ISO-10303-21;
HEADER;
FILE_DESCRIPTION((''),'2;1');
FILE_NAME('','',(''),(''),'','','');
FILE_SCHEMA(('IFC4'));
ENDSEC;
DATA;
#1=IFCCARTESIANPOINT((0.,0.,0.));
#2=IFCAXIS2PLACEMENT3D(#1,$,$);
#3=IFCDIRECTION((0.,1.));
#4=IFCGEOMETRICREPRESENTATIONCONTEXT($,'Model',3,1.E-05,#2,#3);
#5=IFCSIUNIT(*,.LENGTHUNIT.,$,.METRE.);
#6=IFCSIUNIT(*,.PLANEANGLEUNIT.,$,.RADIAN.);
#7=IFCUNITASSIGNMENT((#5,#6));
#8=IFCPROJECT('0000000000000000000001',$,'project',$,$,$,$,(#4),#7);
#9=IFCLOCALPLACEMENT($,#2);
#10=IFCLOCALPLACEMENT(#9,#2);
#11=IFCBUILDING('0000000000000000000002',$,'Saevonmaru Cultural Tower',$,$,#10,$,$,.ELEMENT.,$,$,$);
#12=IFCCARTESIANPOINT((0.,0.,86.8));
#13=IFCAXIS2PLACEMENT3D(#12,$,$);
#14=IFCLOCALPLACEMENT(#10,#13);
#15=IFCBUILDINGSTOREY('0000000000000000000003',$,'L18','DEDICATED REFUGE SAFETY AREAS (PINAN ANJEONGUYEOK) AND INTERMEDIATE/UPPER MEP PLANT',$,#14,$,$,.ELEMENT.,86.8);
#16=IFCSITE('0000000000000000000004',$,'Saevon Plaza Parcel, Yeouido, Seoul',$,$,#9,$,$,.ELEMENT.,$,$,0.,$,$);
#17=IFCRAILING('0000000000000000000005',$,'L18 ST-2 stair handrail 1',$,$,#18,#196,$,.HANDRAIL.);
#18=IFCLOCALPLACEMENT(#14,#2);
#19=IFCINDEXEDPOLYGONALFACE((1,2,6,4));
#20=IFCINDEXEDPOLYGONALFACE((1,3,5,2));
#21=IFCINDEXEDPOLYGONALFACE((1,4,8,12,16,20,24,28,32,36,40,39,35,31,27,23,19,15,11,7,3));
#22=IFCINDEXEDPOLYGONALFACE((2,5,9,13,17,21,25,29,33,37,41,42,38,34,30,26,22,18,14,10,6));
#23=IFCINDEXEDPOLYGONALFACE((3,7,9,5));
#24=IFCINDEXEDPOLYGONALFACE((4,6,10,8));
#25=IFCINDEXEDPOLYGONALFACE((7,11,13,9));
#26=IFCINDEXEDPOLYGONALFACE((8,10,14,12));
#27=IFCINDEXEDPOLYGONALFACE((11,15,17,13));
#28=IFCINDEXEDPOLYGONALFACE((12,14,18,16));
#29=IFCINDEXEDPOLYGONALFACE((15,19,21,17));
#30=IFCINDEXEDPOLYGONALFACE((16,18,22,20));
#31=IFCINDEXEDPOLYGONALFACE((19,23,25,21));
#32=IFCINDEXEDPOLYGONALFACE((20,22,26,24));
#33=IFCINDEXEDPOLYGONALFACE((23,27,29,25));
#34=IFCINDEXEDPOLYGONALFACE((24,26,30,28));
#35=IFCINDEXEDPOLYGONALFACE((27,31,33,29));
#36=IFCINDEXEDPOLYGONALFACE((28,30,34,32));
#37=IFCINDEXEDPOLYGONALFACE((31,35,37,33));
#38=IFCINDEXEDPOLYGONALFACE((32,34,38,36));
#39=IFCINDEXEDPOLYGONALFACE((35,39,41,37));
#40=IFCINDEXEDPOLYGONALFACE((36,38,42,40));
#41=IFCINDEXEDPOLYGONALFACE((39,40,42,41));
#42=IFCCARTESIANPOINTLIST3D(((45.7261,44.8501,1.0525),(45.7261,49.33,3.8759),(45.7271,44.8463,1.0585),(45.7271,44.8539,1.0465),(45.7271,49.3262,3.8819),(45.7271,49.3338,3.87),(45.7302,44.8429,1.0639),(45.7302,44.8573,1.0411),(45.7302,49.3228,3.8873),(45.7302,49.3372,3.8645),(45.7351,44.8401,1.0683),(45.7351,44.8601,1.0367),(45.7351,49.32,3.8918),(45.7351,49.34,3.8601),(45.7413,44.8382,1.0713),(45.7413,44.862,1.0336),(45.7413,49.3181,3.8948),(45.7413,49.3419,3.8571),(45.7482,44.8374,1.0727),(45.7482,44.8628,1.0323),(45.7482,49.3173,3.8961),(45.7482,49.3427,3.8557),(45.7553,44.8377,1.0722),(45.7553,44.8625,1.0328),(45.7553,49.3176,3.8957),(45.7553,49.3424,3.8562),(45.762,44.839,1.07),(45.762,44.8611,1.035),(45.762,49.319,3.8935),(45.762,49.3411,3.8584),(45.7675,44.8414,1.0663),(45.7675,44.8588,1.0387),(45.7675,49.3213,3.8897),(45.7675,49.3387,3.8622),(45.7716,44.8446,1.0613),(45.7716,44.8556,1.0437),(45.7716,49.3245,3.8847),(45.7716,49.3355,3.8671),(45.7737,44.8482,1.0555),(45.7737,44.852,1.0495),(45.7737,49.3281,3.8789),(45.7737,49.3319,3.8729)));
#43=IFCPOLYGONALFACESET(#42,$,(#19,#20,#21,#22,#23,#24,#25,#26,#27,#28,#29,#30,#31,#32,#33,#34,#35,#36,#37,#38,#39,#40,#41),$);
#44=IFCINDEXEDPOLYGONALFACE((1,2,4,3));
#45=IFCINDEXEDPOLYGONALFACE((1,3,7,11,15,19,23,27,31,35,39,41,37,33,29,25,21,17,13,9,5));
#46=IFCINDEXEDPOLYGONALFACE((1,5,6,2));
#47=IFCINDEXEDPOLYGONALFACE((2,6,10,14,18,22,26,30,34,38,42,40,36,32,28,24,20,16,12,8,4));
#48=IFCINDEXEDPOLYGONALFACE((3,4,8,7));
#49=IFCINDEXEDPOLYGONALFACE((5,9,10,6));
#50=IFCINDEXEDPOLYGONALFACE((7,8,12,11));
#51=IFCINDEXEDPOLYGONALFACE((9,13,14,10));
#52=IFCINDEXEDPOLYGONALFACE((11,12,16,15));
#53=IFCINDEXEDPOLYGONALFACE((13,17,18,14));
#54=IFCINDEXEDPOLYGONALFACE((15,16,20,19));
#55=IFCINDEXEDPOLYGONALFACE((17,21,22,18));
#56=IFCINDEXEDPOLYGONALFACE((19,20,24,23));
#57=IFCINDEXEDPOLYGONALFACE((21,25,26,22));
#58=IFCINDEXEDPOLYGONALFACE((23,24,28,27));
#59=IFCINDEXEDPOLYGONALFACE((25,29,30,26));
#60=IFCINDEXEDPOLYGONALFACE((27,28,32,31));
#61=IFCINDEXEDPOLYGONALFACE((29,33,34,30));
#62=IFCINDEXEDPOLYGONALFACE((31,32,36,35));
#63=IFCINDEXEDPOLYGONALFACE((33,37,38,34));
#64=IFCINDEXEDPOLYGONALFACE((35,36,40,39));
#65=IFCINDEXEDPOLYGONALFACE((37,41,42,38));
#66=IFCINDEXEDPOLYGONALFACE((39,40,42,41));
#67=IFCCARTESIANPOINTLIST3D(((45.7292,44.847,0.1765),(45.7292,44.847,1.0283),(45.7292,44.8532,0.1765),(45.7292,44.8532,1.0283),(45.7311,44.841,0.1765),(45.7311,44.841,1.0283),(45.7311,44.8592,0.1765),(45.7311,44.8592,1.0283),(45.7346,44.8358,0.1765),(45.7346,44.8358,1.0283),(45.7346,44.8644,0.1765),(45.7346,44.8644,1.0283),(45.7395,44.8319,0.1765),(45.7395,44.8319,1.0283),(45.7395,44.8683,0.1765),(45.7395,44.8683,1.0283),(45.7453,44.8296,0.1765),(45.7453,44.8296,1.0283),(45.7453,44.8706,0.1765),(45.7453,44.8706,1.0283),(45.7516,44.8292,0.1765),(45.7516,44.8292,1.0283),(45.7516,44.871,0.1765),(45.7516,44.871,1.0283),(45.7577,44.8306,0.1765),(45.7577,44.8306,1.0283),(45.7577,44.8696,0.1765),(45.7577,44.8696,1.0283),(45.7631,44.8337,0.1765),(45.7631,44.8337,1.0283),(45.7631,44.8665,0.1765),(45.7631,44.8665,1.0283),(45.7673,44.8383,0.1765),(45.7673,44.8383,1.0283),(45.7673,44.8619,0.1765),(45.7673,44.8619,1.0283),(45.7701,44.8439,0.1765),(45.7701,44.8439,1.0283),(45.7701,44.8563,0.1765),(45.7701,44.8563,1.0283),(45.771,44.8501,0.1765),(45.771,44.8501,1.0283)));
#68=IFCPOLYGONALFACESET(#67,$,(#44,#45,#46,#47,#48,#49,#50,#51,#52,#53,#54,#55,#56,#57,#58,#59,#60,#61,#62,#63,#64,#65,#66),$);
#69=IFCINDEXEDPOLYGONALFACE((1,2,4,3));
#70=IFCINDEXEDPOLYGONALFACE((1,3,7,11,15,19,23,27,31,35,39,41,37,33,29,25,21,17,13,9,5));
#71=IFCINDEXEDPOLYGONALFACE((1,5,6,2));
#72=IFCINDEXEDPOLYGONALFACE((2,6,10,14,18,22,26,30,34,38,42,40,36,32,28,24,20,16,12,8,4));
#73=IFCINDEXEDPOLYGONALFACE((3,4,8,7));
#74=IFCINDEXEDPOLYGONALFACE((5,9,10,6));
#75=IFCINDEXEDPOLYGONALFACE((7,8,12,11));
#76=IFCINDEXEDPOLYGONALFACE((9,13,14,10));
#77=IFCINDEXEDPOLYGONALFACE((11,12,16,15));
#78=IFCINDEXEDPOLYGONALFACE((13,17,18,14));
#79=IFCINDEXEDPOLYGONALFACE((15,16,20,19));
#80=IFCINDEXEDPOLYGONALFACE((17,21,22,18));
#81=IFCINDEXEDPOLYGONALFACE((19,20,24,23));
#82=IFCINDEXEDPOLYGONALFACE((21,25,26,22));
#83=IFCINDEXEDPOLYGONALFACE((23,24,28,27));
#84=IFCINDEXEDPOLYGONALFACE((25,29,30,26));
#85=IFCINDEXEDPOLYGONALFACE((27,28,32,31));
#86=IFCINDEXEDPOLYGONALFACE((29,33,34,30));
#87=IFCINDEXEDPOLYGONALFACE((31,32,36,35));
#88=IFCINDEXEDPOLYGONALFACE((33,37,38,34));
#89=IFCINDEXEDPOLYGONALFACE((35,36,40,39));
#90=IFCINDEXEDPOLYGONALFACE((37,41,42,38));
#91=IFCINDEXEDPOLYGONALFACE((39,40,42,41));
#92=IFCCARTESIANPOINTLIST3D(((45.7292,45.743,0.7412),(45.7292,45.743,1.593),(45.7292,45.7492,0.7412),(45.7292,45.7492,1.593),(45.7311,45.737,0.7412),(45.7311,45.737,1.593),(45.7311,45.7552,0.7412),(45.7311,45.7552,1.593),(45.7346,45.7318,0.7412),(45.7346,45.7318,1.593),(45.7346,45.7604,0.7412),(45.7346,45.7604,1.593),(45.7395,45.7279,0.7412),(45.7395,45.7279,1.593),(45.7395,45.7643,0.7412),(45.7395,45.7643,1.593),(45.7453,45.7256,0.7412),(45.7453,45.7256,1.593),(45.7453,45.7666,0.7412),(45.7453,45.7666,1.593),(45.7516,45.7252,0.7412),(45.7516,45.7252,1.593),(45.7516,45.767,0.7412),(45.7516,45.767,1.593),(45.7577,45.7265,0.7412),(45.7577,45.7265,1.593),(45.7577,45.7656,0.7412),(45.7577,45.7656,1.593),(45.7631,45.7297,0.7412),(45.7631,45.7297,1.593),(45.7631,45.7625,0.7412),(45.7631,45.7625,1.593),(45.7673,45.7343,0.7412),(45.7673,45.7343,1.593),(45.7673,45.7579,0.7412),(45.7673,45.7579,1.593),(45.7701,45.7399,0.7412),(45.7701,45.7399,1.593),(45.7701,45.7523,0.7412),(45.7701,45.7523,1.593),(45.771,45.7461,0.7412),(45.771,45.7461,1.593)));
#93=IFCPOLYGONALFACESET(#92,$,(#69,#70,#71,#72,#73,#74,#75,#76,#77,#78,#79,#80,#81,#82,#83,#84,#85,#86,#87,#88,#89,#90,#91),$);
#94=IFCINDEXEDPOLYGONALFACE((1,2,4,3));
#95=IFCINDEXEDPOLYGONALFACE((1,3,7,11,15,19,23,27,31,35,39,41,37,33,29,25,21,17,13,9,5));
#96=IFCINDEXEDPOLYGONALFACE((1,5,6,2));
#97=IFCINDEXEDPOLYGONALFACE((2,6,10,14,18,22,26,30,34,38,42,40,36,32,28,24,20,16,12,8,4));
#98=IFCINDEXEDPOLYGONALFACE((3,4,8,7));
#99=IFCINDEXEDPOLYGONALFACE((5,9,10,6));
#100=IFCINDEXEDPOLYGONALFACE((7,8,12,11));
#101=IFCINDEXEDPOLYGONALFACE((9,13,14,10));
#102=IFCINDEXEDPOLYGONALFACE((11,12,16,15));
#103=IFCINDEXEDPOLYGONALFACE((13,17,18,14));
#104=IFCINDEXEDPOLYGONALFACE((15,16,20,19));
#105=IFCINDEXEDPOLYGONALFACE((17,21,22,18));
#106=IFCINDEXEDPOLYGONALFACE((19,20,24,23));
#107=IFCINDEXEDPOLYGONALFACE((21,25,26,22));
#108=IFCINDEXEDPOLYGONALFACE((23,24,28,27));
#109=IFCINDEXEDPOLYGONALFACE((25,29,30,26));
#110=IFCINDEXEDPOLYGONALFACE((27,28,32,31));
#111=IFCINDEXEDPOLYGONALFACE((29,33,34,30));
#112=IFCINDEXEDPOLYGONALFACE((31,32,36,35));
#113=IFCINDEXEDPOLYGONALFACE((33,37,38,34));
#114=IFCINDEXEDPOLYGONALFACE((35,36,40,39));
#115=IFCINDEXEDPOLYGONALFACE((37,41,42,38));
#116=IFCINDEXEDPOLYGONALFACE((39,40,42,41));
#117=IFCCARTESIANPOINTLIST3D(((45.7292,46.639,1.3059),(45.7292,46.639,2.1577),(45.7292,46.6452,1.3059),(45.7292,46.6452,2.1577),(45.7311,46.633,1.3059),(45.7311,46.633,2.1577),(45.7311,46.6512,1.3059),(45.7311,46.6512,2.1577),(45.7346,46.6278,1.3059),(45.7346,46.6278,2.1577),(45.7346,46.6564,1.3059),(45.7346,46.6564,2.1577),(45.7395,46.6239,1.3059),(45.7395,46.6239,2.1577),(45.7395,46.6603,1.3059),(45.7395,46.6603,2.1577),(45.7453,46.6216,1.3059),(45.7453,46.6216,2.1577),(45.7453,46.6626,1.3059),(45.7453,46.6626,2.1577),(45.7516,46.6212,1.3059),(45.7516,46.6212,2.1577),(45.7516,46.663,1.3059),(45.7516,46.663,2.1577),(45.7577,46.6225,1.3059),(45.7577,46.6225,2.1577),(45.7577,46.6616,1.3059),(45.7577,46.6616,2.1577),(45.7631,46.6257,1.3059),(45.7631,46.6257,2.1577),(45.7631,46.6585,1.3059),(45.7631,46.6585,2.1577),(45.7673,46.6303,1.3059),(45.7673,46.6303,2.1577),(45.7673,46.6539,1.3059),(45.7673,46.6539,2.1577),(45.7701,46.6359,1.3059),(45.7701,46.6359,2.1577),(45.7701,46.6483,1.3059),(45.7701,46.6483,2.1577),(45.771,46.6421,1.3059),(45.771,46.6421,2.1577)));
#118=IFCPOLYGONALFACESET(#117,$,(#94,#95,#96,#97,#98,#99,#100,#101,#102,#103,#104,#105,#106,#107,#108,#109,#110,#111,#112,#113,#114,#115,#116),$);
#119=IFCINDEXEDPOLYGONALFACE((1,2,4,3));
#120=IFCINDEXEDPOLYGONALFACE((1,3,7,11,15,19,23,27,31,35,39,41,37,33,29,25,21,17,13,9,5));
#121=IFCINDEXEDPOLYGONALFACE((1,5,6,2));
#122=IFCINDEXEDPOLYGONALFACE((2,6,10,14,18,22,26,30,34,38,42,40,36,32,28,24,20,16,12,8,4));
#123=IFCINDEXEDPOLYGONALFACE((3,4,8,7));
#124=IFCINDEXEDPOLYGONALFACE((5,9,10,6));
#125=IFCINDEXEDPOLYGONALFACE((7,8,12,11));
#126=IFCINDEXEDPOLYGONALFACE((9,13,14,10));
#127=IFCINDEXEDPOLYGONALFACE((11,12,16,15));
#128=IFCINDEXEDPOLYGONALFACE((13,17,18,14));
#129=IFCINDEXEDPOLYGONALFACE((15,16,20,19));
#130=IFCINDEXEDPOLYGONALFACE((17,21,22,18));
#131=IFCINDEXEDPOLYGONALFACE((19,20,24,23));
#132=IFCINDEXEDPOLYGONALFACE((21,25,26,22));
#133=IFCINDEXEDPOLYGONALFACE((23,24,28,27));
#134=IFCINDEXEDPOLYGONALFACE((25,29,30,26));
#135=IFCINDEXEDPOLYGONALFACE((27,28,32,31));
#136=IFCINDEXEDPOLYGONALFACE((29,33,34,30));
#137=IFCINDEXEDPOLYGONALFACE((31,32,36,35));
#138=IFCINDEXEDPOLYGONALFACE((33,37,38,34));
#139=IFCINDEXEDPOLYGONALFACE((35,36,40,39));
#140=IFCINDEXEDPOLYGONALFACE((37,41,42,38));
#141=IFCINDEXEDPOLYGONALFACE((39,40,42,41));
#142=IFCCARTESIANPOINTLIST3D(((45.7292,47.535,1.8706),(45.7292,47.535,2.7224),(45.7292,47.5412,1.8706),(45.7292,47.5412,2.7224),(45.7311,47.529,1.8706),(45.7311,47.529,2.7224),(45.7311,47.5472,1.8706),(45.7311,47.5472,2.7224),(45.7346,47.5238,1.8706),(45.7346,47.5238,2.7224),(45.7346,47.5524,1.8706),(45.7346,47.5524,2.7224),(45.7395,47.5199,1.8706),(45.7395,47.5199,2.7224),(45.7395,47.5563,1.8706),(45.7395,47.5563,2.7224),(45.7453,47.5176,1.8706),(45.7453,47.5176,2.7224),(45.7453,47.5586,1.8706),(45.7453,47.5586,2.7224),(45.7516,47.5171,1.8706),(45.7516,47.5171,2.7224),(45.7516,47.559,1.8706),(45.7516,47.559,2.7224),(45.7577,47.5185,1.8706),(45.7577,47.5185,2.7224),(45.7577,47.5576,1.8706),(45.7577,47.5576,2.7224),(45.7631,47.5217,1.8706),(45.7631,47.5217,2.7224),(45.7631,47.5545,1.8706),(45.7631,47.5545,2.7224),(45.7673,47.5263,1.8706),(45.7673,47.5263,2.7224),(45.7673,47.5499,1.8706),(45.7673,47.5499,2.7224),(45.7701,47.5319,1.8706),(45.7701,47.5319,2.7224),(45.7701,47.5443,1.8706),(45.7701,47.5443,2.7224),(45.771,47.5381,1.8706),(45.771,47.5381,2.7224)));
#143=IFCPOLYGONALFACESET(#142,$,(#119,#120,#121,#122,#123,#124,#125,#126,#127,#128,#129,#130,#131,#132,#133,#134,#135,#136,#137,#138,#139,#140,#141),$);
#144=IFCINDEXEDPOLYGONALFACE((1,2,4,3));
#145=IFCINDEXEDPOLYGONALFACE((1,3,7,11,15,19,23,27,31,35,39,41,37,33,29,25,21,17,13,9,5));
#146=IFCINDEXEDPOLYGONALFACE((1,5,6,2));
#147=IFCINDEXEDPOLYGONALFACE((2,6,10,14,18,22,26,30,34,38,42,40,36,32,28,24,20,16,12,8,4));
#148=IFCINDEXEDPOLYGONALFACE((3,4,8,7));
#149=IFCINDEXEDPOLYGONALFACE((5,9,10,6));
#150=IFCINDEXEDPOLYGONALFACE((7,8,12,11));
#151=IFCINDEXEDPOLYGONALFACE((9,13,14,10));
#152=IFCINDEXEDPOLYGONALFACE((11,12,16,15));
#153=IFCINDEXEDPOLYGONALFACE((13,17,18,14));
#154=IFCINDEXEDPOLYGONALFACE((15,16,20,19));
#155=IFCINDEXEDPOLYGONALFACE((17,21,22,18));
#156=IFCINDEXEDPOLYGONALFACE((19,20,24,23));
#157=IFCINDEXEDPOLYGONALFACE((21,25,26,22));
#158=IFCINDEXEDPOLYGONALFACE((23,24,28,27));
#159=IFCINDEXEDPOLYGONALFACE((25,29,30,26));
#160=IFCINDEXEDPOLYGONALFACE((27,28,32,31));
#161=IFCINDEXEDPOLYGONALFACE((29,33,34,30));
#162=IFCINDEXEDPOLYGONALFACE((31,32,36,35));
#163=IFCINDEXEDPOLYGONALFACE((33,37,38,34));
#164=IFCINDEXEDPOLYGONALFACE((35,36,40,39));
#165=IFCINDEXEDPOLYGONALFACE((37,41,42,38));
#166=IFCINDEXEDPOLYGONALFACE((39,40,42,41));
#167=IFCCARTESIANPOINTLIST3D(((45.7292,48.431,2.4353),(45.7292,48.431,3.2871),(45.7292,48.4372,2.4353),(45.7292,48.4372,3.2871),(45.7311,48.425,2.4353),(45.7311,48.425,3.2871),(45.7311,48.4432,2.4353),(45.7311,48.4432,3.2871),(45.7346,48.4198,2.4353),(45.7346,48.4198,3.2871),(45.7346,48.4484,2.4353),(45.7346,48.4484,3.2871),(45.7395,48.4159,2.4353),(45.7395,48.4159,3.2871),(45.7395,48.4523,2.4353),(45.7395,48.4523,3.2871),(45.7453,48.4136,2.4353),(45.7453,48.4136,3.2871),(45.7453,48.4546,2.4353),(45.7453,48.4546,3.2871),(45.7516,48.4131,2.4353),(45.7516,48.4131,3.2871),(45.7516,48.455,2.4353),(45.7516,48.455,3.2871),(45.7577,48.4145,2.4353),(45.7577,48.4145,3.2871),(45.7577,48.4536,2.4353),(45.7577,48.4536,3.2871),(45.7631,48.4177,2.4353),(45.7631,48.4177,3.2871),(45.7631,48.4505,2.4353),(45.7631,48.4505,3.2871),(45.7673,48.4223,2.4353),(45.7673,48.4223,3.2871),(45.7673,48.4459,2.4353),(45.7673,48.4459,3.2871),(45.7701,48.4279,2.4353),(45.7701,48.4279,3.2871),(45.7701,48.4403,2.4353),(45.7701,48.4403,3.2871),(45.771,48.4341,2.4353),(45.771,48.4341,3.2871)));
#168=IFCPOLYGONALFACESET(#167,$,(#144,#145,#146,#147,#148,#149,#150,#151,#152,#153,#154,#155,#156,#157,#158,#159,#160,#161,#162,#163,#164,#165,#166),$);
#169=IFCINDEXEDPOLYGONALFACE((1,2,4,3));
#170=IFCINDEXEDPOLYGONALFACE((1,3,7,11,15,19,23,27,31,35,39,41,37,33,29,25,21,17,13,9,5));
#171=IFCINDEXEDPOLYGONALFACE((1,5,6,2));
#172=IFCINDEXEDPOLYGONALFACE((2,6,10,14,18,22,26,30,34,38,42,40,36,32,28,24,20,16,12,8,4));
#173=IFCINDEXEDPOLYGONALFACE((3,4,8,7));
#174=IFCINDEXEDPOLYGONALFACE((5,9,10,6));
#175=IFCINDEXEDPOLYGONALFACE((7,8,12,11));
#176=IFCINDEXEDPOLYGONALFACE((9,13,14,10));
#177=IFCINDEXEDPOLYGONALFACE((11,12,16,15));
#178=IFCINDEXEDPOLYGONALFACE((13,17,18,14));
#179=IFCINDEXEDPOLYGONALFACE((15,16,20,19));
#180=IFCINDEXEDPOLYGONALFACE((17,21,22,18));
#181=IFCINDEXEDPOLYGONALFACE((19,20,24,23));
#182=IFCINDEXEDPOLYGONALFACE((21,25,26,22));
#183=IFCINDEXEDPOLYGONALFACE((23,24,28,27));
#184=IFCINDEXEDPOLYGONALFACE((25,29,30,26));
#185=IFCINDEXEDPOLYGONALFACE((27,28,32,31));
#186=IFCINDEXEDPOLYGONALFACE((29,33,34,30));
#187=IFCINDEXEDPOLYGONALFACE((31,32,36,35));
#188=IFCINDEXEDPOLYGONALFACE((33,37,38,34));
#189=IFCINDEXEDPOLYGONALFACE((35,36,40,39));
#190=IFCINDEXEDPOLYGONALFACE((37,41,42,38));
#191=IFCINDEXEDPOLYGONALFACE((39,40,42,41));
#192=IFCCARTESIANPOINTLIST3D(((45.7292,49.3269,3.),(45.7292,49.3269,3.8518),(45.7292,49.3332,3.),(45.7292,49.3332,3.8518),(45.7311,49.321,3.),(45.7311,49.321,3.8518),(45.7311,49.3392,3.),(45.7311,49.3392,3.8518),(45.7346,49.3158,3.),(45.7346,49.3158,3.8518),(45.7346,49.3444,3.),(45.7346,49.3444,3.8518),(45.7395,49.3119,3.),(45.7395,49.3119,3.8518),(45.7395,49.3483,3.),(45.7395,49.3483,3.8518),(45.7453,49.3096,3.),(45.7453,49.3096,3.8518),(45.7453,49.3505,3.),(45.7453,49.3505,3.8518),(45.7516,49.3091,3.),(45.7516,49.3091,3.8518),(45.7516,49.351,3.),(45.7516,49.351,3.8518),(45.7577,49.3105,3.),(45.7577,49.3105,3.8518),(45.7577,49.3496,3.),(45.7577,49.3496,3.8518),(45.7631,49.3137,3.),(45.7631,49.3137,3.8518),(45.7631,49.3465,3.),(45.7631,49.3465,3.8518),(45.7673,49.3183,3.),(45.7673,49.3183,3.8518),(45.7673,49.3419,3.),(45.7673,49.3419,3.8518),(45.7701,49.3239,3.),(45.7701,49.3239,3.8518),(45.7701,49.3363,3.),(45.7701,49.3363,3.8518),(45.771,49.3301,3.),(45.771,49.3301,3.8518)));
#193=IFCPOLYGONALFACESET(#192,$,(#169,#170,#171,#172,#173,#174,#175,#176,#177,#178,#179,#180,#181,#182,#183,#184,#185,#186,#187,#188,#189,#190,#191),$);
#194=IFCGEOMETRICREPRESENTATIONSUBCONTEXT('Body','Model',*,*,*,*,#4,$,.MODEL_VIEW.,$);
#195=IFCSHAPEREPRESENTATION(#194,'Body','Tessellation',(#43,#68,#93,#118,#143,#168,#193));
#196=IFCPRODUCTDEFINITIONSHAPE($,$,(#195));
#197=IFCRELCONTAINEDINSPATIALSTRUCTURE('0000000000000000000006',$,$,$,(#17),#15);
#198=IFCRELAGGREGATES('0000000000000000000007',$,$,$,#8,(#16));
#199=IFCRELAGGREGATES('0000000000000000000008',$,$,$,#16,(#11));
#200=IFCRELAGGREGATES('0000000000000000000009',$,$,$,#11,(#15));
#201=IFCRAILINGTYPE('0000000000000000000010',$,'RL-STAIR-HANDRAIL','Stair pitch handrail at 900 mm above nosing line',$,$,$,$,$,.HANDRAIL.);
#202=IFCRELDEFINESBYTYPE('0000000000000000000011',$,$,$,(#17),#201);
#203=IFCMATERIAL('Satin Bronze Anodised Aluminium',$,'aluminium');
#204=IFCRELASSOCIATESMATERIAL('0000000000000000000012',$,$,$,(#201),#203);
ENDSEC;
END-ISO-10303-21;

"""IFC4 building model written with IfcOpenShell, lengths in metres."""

from ifc_helpers import new_model, si_unit, direction, frame, origin, origin_2d, place, context, subcontext, project, spatial, circle, extrude, material, type_object, element, save


model = new_model("IFC4")

# Units and contexts
model_context = context("Model", 3, precision=1e-05, world=origin(), true_north=direction((0.0, 1.0)))
body_context = subcontext(model_context, "Body", "Model", "MODEL_VIEW")
ifc_project = project(units=[si_unit("LENGTHUNIT", "METRE"), si_unit("PLANEANGLEUNIT", "RADIAN")], contexts=[model_context])

# Site, building, storey
site_placement = place(None, origin())
site = spatial("IfcSite", under=ifc_project, at=site_placement, Name="Saevon Plaza Parcel, Yeouido, Seoul", CompositionType="ELEMENT", RefElevation=0.0)
building_placement = place(site_placement, origin())
building = spatial("IfcBuilding", under=site, at=building_placement, Name="Saevonmaru Cultural Tower", CompositionType="ELEMENT")
storey_placement = place(building_placement, frame((0.0, 0.0, 86.8)))
storey = spatial("IfcBuildingStorey", under=building, at=storey_placement, Name="L18", Description="DEDICATED REFUGE SAFETY AREAS (PINAN ANJEONGUYEOK) AND INTERMEDIATE/UPPER MEP PLANT", CompositionType="ELEMENT", Elevation=86.8)

# Shared definitions
ifc_material_1 = material(Name="Satin Bronze Anodised Aluminium", Category="aluminium")

# Railing
railing_type_1 = type_object("IfcRailingType", Name="RL-STAIR-HANDRAIL", Description="Stair pitch handrail at 900 mm above nosing line", PredefinedType="HANDRAIL", material=ifc_material_1)
railing_1_placement = place(storey_placement, frame((45.75, 44.8501, 0.1765)))
element("IfcRailing", 1, at=railing_1_placement, inside=storey, type_object=railing_type_1, Name="L18 ST-2 stair handrail 1", PredefinedType="HANDRAIL", context=body_context, shape_type="SweptSolid", body=[
    extrude(circle(Radius=0.0239, at=origin_2d()), frame((0.0, 0.0, 0.876), z_axis=(0.0, 0.845998, 0.533186), x_axis=(-1.0, 0.0, 0.0)), (0.0, 0.0, 1.0), 5.2954),
    extrude(circle(Radius=0.021, at=origin_2d()), origin(), (0.0, 0.0, 1.0), 0.8518),
    extrude(circle(Radius=0.021, at=origin_2d()), frame((0.0, 0.896, 0.5647)), (0.0, 0.0, 1.0), 0.8518),
    extrude(circle(Radius=0.021, at=origin_2d()), frame((0.0, 1.792, 1.1294)), (0.0, 0.0, 1.0), 0.8518),
    extrude(circle(Radius=0.021, at=origin_2d()), frame((0.0, 2.688, 1.6941)), (0.0, 0.0, 1.0), 0.8518),
    extrude(circle(Radius=0.021, at=origin_2d()), frame((0.0, 3.584, 2.2588)), (0.0, 0.0, 1.0), 0.8518),
    extrude(circle(Radius=0.021, at=origin_2d()), frame((0.0, 4.48, 2.8235)), (0.0, 0.0, 1.0), 0.8518),
])

save(model, "model.ifc")
